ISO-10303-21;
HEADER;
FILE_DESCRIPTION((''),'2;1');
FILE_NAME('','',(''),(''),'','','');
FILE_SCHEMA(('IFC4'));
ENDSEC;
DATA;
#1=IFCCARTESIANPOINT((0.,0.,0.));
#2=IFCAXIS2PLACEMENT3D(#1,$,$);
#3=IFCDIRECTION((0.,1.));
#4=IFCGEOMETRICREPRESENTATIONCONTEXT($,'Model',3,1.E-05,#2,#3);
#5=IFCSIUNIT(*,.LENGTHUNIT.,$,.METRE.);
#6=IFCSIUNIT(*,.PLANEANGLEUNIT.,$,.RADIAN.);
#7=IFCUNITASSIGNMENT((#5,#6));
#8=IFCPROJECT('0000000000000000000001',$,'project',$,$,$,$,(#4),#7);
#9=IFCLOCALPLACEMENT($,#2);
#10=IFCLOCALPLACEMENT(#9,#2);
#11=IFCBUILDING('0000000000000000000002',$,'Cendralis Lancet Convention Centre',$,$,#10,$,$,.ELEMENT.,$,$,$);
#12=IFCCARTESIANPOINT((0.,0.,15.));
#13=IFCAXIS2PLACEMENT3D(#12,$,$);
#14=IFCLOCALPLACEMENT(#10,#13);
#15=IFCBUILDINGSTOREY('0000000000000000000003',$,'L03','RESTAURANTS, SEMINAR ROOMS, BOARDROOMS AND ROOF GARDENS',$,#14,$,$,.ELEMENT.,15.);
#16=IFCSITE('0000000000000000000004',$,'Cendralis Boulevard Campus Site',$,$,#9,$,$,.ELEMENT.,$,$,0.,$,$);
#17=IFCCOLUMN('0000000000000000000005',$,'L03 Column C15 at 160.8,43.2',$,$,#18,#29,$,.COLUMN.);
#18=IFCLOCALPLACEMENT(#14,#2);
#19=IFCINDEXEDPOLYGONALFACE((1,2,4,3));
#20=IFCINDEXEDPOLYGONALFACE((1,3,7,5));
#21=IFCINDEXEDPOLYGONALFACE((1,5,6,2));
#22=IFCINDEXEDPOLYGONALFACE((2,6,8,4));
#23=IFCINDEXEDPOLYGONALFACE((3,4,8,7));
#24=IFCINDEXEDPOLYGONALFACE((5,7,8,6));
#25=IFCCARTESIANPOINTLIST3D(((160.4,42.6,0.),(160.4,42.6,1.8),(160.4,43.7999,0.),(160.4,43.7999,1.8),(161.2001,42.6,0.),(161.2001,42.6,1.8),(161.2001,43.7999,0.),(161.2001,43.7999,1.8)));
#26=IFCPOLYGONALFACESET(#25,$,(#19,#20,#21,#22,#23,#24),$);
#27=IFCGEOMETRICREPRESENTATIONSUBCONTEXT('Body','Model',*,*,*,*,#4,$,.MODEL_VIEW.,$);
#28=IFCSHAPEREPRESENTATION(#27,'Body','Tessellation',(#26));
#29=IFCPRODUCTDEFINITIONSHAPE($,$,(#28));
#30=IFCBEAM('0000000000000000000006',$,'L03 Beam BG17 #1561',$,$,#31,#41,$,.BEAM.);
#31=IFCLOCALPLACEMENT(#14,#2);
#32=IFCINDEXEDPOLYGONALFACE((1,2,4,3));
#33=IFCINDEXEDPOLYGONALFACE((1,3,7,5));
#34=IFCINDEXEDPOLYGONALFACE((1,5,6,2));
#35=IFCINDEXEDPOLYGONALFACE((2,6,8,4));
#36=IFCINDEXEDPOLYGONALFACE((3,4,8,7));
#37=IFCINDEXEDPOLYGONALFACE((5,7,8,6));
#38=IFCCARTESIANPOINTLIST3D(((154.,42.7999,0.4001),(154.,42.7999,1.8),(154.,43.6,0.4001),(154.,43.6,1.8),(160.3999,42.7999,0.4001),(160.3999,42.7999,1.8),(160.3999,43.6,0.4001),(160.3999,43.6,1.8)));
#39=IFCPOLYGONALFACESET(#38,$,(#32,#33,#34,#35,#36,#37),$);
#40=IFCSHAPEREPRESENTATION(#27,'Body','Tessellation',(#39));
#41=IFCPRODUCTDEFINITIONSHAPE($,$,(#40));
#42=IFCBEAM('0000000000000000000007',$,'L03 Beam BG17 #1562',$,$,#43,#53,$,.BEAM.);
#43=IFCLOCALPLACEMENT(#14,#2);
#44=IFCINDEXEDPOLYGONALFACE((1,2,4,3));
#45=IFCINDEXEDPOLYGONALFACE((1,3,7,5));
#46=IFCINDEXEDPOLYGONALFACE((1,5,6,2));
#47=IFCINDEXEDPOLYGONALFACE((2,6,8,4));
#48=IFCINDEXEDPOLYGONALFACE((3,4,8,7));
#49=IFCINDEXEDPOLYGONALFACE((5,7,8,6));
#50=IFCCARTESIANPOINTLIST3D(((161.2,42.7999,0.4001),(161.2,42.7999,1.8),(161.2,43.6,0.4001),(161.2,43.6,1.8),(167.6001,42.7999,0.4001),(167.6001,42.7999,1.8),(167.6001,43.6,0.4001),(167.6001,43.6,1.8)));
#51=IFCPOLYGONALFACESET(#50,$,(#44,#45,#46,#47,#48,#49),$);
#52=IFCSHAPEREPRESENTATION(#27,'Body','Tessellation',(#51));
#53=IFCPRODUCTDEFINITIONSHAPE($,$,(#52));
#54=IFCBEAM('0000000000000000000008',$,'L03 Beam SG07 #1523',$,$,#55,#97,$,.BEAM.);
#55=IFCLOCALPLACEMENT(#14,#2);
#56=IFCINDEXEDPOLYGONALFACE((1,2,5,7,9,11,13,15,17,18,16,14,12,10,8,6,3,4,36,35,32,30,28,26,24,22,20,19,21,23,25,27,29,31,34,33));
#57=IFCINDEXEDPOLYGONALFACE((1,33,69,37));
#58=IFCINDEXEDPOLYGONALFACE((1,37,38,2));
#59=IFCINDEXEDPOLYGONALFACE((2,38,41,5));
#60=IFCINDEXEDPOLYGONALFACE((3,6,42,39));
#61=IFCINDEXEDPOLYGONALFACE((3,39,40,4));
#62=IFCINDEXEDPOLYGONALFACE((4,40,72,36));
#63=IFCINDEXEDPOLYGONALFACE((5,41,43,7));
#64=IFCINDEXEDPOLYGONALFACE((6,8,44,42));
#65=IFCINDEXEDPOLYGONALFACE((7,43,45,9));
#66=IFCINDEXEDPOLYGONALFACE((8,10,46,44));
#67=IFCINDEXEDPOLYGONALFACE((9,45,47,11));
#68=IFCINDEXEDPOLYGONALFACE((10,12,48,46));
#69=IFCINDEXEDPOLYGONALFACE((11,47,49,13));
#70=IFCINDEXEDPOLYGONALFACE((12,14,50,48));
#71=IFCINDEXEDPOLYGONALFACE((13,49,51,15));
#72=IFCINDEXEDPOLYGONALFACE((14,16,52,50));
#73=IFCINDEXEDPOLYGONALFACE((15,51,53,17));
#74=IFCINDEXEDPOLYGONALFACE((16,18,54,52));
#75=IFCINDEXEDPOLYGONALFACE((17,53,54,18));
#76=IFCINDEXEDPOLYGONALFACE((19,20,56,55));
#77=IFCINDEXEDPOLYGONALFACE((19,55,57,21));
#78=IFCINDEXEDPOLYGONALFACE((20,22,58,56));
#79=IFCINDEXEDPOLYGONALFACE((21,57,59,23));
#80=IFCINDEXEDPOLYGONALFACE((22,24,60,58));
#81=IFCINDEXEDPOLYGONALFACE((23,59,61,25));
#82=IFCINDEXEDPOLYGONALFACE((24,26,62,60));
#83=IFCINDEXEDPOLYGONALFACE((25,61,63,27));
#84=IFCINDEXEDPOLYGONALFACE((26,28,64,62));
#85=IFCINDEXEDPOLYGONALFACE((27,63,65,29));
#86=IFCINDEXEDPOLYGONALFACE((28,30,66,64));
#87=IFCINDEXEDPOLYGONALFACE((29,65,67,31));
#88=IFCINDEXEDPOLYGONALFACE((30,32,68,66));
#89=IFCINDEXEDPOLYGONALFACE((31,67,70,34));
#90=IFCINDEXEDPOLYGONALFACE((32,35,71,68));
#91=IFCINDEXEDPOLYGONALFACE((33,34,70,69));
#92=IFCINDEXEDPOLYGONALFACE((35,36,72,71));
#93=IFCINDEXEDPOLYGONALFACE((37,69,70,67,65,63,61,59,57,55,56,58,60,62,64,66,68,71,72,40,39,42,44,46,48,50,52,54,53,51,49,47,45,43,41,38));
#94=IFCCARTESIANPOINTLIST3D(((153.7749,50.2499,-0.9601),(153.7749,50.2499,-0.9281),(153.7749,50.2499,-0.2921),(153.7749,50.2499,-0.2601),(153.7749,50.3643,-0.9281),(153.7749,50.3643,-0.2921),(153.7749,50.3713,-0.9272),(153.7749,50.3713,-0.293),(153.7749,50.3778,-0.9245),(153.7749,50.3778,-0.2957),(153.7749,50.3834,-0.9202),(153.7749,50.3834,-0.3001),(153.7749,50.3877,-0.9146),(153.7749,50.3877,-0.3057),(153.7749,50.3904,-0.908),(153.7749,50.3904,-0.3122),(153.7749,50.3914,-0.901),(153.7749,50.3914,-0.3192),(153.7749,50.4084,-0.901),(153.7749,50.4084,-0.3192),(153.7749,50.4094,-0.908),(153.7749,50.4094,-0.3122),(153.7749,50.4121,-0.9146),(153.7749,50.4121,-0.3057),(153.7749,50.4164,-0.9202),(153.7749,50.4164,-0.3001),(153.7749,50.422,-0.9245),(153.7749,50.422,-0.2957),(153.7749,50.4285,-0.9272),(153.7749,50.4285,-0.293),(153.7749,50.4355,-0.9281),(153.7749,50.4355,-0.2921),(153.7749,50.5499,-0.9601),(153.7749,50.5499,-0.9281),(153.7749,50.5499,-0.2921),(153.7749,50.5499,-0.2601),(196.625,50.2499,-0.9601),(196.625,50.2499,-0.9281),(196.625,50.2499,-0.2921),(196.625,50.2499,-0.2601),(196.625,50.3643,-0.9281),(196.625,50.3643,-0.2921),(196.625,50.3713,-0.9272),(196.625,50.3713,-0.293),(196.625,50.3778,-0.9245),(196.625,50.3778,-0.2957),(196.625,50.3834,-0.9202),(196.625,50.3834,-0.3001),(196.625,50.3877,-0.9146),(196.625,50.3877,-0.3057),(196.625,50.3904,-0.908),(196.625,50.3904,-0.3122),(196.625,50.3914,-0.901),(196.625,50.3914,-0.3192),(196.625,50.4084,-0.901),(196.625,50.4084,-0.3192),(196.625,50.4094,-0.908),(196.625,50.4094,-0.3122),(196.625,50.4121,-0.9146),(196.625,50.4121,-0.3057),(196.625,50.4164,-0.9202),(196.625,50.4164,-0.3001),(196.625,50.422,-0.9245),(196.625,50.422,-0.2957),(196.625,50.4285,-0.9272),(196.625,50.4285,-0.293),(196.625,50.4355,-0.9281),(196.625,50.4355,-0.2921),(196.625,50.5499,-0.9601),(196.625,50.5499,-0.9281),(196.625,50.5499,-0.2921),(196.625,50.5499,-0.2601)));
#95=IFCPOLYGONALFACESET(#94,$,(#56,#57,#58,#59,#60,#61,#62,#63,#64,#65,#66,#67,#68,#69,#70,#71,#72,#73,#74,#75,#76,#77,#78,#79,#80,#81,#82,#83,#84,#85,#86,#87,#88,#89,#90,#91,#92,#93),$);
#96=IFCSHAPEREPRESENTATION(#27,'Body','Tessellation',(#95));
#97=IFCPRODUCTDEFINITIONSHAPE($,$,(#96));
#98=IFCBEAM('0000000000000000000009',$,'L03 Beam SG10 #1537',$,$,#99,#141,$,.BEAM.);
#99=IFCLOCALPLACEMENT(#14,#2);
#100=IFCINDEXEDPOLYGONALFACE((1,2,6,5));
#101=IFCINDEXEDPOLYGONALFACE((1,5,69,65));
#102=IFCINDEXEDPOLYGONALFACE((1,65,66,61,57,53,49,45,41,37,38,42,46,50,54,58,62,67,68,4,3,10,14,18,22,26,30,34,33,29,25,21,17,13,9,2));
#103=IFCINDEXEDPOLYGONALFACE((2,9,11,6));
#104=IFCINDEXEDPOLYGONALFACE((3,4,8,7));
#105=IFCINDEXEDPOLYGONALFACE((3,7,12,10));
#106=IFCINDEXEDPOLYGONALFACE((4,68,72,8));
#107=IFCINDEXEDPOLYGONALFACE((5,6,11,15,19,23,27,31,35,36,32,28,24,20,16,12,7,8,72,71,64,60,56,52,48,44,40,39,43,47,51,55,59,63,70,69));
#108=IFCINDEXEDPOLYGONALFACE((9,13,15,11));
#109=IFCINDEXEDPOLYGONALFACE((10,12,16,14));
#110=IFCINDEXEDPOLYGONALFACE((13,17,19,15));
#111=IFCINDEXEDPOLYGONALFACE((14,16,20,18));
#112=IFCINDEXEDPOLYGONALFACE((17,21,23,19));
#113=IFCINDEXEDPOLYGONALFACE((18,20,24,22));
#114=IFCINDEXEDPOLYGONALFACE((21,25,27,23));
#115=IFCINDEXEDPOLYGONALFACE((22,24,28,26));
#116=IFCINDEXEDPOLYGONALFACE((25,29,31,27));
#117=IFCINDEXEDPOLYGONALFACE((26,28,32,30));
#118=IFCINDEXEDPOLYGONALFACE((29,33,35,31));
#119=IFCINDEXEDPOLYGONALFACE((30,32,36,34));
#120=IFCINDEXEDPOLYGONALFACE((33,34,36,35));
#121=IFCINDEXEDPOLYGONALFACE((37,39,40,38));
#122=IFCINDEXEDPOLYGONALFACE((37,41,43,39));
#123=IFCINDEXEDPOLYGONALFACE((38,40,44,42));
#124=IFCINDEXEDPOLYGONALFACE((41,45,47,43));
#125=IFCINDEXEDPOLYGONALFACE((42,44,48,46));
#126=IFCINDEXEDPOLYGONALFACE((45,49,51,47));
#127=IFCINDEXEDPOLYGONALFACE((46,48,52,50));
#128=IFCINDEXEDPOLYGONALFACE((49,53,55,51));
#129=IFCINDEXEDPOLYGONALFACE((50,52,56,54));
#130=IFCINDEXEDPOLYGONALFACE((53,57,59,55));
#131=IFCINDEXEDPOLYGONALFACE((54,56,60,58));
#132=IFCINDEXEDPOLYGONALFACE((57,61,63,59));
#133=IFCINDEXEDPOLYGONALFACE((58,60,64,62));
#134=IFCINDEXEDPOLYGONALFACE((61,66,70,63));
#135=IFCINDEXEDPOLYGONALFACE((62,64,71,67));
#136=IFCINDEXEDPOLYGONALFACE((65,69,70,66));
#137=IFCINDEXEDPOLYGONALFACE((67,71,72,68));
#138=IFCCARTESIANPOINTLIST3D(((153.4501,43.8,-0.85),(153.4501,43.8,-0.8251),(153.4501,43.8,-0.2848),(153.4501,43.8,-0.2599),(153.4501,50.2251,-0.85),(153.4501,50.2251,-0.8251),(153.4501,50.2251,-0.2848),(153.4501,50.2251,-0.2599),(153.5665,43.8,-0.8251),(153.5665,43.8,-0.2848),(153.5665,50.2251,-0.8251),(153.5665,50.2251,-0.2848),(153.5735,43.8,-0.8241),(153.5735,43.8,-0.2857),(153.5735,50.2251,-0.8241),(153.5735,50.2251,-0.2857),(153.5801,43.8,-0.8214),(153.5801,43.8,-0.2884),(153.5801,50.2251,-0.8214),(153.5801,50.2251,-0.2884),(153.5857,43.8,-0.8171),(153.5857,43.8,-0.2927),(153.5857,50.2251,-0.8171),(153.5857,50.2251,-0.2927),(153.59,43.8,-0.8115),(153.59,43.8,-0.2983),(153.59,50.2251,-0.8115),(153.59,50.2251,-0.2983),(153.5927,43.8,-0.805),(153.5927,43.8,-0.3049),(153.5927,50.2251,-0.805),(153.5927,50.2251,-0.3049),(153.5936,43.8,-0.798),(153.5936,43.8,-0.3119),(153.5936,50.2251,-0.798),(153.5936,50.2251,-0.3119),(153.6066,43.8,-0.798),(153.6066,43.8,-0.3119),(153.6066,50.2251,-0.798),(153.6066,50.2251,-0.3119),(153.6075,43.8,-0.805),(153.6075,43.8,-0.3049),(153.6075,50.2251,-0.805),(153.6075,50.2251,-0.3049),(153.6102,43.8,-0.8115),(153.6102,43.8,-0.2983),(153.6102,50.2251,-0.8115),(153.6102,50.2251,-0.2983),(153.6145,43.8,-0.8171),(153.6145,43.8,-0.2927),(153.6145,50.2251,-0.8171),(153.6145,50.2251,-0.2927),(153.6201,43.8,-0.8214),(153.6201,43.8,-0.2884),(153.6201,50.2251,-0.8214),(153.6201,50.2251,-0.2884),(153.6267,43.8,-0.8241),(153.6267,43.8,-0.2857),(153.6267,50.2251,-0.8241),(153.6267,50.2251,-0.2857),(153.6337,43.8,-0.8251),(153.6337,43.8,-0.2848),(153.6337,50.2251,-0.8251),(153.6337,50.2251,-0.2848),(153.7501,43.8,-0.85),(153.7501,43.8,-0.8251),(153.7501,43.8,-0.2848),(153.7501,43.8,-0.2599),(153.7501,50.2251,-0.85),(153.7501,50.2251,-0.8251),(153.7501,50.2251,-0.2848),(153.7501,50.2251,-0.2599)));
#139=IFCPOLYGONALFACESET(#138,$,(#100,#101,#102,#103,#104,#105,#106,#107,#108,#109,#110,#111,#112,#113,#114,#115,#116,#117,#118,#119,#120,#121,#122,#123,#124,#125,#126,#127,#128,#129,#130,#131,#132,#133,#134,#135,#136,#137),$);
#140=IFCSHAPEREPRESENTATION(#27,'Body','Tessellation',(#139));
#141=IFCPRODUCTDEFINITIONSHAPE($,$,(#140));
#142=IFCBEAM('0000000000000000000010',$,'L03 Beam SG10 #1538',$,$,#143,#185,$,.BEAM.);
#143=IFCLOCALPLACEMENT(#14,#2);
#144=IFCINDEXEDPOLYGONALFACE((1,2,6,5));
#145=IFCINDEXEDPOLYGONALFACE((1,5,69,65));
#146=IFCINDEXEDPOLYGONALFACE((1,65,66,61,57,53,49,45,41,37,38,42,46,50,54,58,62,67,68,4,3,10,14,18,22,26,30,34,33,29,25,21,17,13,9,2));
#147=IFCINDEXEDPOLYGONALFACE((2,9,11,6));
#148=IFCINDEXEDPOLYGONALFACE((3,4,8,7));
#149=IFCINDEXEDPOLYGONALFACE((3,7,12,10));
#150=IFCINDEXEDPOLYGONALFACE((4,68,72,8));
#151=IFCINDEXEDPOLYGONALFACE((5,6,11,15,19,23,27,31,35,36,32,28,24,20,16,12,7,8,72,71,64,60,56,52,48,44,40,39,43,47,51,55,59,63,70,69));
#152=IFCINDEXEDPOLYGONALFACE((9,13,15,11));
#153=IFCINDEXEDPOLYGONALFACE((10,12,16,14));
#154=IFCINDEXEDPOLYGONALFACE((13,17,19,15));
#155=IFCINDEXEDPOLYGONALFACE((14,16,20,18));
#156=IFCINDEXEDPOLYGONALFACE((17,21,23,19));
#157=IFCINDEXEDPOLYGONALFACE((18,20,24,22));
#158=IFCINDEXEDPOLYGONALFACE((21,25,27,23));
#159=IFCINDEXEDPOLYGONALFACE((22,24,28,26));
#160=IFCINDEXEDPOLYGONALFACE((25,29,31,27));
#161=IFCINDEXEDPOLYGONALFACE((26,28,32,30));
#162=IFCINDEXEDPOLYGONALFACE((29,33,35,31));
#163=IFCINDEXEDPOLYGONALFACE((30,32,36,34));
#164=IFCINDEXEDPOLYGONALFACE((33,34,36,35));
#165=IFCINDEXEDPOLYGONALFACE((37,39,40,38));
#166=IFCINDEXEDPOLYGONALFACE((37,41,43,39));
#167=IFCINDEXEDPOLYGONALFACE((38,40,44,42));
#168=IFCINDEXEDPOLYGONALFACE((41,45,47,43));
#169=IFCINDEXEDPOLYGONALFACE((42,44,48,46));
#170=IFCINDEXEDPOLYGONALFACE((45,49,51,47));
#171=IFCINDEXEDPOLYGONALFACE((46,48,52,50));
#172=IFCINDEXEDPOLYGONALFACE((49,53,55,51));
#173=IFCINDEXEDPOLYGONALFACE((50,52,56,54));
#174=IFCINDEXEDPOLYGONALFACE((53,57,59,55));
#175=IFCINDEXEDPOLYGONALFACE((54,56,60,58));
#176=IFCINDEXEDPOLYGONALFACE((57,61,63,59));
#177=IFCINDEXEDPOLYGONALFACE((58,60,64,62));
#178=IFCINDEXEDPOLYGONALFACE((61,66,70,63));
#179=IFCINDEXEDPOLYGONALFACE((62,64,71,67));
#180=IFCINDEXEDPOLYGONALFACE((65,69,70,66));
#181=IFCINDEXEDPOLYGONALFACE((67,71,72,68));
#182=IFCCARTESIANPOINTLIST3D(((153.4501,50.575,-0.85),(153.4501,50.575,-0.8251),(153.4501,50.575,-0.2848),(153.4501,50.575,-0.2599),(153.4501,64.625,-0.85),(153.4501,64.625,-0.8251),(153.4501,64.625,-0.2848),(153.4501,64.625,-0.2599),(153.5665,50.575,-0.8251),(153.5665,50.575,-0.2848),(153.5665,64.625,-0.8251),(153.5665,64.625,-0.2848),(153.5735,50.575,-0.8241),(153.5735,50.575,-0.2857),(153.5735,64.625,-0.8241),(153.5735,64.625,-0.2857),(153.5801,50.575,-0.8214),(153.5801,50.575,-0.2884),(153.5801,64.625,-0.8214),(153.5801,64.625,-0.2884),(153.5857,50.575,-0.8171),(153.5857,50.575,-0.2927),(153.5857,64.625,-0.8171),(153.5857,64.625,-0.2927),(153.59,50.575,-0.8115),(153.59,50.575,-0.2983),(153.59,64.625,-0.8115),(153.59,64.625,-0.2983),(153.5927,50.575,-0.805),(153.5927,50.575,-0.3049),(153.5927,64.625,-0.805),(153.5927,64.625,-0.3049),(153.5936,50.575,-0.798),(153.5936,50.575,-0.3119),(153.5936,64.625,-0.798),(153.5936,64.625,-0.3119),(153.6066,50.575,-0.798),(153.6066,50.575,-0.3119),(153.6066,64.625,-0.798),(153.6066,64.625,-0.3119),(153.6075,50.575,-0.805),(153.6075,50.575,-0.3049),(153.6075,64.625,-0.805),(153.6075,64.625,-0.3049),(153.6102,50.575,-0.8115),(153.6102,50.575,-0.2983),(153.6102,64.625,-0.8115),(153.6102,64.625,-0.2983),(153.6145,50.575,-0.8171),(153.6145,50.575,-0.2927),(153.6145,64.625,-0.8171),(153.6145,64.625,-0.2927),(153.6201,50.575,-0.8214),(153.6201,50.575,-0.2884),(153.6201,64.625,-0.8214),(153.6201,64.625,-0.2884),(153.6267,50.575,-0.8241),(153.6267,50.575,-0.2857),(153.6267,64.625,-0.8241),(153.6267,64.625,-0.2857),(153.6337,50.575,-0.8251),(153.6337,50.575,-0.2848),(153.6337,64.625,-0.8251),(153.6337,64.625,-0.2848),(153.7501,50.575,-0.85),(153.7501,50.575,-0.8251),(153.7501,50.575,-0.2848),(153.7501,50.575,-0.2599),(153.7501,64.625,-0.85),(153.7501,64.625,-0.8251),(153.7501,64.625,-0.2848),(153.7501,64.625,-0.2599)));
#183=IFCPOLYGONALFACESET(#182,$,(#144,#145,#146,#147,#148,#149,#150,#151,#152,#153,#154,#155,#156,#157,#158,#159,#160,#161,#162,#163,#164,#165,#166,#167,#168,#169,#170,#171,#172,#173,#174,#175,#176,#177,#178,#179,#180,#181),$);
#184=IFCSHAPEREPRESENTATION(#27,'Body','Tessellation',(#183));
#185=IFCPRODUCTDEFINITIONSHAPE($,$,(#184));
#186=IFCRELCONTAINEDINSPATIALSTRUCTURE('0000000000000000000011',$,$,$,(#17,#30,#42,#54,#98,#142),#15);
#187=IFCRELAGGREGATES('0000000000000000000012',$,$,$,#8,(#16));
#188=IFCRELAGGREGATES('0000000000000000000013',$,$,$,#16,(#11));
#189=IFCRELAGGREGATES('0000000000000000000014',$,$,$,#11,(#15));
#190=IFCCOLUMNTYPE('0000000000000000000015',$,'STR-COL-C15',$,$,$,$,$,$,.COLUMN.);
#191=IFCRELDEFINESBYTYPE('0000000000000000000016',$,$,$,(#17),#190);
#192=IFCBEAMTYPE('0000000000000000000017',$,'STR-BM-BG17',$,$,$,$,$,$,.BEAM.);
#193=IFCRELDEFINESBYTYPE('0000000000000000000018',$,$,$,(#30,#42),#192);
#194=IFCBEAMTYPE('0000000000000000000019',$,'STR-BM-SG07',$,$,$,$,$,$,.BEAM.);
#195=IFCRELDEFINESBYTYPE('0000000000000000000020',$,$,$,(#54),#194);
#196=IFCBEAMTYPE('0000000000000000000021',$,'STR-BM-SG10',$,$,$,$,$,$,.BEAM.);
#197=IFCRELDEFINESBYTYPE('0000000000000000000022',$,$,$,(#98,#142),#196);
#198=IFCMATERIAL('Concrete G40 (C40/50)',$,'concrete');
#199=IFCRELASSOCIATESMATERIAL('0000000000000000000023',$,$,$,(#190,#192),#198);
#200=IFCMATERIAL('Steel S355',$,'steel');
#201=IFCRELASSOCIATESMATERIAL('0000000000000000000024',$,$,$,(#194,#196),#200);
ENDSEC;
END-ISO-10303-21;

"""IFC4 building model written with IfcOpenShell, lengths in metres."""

from ifc_helpers import new_model, si_unit, direction, frame, origin, origin_2d, place, context, subcontext, project, spatial, rectangle, i_section, extrude, material, material_profile, profile_set, type_object, element, save


model = new_model("IFC4")

# Units and contexts
model_context = context("Model", 3, precision=1e-05, world=origin(), true_north=direction((0.0, 1.0)))
body_context = subcontext(model_context, "Body", "Model", "MODEL_VIEW")
ifc_project = project(units=[si_unit("LENGTHUNIT", "METRE"), si_unit("PLANEANGLEUNIT", "RADIAN")], contexts=[model_context])

# Site, building, storey
site_placement = place(None, origin())
site = spatial("IfcSite", under=ifc_project, at=site_placement, Name="Cendralis Boulevard Campus Site", CompositionType="ELEMENT", RefElevation=0.0)
building_placement = place(site_placement, origin())
building = spatial("IfcBuilding", under=site, at=building_placement, Name="Cendralis Lancet Convention Centre", CompositionType="ELEMENT")
storey_placement = place(building_placement, frame((0.0, 0.0, 15.0)))
storey = spatial("IfcBuildingStorey", under=building, at=storey_placement, Name="L03", Description="RESTAURANTS, SEMINAR ROOMS, BOARDROOMS AND ROOF GARDENS", CompositionType="ELEMENT", Elevation=15.0)

# Column
ifc_material_1 = material(Name="Concrete G40 (C40/50)", Category="concrete")
ifc_material_profile_1 = material_profile(ifc_material_1, rectangle(XDim=0.8, YDim=1.2, at=origin_2d()), Name="RC 800x1200")
ifc_profile_set_1 = profile_set([ifc_material_profile_1], Name="Concrete G40 (C40/50)")
column_type = type_object("IfcColumnType", Name="STR-COL-C15", PredefinedType="COLUMN", material=ifc_profile_set_1)
column_placement = place(storey_placement, frame((160.8, 43.2, 0.0), z_axis=(0.0, 0.0, 1.0), x_axis=(1.0, 0.0, 0.0)))
element("IfcColumn", 1, at=column_placement, inside=storey, type_object=column_type, Name="L03 Column C15 at 160.8,43.2", PredefinedType="COLUMN", context=body_context, shape_type="SweptSolid", body=[
    extrude(rectangle(XDim=0.8, YDim=1.2, at=origin_2d()), origin(), (0.0, 0.0, 1.0), 1.8),
])

# Beams
ifc_material_profile_2 = material_profile(ifc_material_1, rectangle(XDim=0.8, YDim=1.3999, at=origin_2d()), Name="RCB 800x1400")
ifc_profile_set_2 = profile_set([ifc_material_profile_2], Name="Concrete G40 (C40/50)")
beam_type_1 = type_object("IfcBeamType", Name="STR-BM-BG17", PredefinedType="BEAM", material=ifc_profile_set_2)
beam_1_placement = place(storey_placement, frame((154.0, 43.2, 1.1001), z_axis=(1.0, 0.0, 0.0), x_axis=(0.0, 1.0, 0.0)))
element("IfcBeam", 2, at=beam_1_placement, inside=storey, type_object=beam_type_1, Name="L03 Beam BG17 #1561", PredefinedType="BEAM", context=body_context, shape_type="SweptSolid", body=[
    extrude(rectangle(XDim=0.8, YDim=1.3999, at=origin_2d()), origin(), (0.0, 0.0, 1.0), 6.3999),
])
beam_2_placement = place(storey_placement, frame((161.2, 43.2, 1.1001), z_axis=(1.0, 0.0, 0.0), x_axis=(0.0, 1.0, 0.0)))
element("IfcBeam", 3, at=beam_2_placement, inside=storey, type_object=beam_type_1, Name="L03 Beam BG17 #1562", PredefinedType="BEAM", context=body_context, shape_type="SweptSolid", body=[
    extrude(rectangle(XDim=0.8, YDim=1.3999, at=origin_2d()), origin(), (0.0, 0.0, 1.0), 6.4001),
])
ifc_material_2 = material(Name="Steel S355", Category="steel")
ifc_material_profile_3 = material_profile(ifc_material_2, i_section(OverallWidth=0.3, OverallDepth=0.7, WebThickness=0.0171, FlangeThickness=0.032, FilletRadius=0.0271, at=origin_2d()), Name="HEB 700")
ifc_profile_set_3 = profile_set([ifc_material_profile_3], Name="Steel S355")
beam_type_2 = type_object("IfcBeamType", Name="STR-BM-SG07", PredefinedType="BEAM", material=ifc_profile_set_3)
beam_3_placement = place(storey_placement, frame((153.7749, 50.3999, -0.6101), z_axis=(1.0, 0.0, 0.0), x_axis=(0.0, 1.0, 0.0)))
element("IfcBeam", 4, at=beam_3_placement, inside=storey, type_object=beam_type_2, Name="L03 Beam SG07 #1523", PredefinedType="BEAM", context=body_context, shape_type="SweptSolid", body=[
    extrude(i_section(OverallWidth=0.3, OverallDepth=0.7, WebThickness=0.0171, FlangeThickness=0.032, FilletRadius=0.0271, at=origin_2d()), origin(), (0.0, 0.0, 1.0), 42.8501),
])
ifc_material_profile_4 = material_profile(ifc_material_2, i_section(OverallWidth=0.3, OverallDepth=0.5901, WebThickness=0.0129, FlangeThickness=0.0249, FilletRadius=0.0271, at=origin_2d()), Name="HEA 600")
ifc_profile_set_4 = profile_set([ifc_material_profile_4], Name="Steel S355")
beam_type_3 = type_object("IfcBeamType", Name="STR-BM-SG10", PredefinedType="BEAM", material=ifc_profile_set_4)
beam_4_placement = place(storey_placement, frame((153.6001, 43.8, -0.5549), z_axis=(0.0, 1.0, 0.0), x_axis=(-1.0, 0.0, 0.0)))
element("IfcBeam", 5, at=beam_4_placement, inside=storey, type_object=beam_type_3, Name="L03 Beam SG10 #1537", PredefinedType="BEAM", context=body_context, shape_type="SweptSolid", body=[
    extrude(i_section(OverallWidth=0.3, OverallDepth=0.5901, WebThickness=0.0129, FlangeThickness=0.0249, FilletRadius=0.0271, at=origin_2d()), origin(), (0.0, 0.0, 1.0), 6.425),
])
beam_5_placement = place(storey_placement, frame((153.6001, 50.575, -0.5549), z_axis=(0.0, 1.0, 0.0), x_axis=(-1.0, 0.0, 0.0)))
element("IfcBeam", 6, at=beam_5_placement, inside=storey, type_object=beam_type_3, Name="L03 Beam SG10 #1538", PredefinedType="BEAM", context=body_context, shape_type="SweptSolid", body=[
    extrude(i_section(OverallWidth=0.3, OverallDepth=0.5901, WebThickness=0.0129, FlangeThickness=0.0249, FilletRadius=0.0271, at=origin_2d()), origin(), (0.0, 0.0, 1.0), 14.05),
])

save(model, "model.ifc")
